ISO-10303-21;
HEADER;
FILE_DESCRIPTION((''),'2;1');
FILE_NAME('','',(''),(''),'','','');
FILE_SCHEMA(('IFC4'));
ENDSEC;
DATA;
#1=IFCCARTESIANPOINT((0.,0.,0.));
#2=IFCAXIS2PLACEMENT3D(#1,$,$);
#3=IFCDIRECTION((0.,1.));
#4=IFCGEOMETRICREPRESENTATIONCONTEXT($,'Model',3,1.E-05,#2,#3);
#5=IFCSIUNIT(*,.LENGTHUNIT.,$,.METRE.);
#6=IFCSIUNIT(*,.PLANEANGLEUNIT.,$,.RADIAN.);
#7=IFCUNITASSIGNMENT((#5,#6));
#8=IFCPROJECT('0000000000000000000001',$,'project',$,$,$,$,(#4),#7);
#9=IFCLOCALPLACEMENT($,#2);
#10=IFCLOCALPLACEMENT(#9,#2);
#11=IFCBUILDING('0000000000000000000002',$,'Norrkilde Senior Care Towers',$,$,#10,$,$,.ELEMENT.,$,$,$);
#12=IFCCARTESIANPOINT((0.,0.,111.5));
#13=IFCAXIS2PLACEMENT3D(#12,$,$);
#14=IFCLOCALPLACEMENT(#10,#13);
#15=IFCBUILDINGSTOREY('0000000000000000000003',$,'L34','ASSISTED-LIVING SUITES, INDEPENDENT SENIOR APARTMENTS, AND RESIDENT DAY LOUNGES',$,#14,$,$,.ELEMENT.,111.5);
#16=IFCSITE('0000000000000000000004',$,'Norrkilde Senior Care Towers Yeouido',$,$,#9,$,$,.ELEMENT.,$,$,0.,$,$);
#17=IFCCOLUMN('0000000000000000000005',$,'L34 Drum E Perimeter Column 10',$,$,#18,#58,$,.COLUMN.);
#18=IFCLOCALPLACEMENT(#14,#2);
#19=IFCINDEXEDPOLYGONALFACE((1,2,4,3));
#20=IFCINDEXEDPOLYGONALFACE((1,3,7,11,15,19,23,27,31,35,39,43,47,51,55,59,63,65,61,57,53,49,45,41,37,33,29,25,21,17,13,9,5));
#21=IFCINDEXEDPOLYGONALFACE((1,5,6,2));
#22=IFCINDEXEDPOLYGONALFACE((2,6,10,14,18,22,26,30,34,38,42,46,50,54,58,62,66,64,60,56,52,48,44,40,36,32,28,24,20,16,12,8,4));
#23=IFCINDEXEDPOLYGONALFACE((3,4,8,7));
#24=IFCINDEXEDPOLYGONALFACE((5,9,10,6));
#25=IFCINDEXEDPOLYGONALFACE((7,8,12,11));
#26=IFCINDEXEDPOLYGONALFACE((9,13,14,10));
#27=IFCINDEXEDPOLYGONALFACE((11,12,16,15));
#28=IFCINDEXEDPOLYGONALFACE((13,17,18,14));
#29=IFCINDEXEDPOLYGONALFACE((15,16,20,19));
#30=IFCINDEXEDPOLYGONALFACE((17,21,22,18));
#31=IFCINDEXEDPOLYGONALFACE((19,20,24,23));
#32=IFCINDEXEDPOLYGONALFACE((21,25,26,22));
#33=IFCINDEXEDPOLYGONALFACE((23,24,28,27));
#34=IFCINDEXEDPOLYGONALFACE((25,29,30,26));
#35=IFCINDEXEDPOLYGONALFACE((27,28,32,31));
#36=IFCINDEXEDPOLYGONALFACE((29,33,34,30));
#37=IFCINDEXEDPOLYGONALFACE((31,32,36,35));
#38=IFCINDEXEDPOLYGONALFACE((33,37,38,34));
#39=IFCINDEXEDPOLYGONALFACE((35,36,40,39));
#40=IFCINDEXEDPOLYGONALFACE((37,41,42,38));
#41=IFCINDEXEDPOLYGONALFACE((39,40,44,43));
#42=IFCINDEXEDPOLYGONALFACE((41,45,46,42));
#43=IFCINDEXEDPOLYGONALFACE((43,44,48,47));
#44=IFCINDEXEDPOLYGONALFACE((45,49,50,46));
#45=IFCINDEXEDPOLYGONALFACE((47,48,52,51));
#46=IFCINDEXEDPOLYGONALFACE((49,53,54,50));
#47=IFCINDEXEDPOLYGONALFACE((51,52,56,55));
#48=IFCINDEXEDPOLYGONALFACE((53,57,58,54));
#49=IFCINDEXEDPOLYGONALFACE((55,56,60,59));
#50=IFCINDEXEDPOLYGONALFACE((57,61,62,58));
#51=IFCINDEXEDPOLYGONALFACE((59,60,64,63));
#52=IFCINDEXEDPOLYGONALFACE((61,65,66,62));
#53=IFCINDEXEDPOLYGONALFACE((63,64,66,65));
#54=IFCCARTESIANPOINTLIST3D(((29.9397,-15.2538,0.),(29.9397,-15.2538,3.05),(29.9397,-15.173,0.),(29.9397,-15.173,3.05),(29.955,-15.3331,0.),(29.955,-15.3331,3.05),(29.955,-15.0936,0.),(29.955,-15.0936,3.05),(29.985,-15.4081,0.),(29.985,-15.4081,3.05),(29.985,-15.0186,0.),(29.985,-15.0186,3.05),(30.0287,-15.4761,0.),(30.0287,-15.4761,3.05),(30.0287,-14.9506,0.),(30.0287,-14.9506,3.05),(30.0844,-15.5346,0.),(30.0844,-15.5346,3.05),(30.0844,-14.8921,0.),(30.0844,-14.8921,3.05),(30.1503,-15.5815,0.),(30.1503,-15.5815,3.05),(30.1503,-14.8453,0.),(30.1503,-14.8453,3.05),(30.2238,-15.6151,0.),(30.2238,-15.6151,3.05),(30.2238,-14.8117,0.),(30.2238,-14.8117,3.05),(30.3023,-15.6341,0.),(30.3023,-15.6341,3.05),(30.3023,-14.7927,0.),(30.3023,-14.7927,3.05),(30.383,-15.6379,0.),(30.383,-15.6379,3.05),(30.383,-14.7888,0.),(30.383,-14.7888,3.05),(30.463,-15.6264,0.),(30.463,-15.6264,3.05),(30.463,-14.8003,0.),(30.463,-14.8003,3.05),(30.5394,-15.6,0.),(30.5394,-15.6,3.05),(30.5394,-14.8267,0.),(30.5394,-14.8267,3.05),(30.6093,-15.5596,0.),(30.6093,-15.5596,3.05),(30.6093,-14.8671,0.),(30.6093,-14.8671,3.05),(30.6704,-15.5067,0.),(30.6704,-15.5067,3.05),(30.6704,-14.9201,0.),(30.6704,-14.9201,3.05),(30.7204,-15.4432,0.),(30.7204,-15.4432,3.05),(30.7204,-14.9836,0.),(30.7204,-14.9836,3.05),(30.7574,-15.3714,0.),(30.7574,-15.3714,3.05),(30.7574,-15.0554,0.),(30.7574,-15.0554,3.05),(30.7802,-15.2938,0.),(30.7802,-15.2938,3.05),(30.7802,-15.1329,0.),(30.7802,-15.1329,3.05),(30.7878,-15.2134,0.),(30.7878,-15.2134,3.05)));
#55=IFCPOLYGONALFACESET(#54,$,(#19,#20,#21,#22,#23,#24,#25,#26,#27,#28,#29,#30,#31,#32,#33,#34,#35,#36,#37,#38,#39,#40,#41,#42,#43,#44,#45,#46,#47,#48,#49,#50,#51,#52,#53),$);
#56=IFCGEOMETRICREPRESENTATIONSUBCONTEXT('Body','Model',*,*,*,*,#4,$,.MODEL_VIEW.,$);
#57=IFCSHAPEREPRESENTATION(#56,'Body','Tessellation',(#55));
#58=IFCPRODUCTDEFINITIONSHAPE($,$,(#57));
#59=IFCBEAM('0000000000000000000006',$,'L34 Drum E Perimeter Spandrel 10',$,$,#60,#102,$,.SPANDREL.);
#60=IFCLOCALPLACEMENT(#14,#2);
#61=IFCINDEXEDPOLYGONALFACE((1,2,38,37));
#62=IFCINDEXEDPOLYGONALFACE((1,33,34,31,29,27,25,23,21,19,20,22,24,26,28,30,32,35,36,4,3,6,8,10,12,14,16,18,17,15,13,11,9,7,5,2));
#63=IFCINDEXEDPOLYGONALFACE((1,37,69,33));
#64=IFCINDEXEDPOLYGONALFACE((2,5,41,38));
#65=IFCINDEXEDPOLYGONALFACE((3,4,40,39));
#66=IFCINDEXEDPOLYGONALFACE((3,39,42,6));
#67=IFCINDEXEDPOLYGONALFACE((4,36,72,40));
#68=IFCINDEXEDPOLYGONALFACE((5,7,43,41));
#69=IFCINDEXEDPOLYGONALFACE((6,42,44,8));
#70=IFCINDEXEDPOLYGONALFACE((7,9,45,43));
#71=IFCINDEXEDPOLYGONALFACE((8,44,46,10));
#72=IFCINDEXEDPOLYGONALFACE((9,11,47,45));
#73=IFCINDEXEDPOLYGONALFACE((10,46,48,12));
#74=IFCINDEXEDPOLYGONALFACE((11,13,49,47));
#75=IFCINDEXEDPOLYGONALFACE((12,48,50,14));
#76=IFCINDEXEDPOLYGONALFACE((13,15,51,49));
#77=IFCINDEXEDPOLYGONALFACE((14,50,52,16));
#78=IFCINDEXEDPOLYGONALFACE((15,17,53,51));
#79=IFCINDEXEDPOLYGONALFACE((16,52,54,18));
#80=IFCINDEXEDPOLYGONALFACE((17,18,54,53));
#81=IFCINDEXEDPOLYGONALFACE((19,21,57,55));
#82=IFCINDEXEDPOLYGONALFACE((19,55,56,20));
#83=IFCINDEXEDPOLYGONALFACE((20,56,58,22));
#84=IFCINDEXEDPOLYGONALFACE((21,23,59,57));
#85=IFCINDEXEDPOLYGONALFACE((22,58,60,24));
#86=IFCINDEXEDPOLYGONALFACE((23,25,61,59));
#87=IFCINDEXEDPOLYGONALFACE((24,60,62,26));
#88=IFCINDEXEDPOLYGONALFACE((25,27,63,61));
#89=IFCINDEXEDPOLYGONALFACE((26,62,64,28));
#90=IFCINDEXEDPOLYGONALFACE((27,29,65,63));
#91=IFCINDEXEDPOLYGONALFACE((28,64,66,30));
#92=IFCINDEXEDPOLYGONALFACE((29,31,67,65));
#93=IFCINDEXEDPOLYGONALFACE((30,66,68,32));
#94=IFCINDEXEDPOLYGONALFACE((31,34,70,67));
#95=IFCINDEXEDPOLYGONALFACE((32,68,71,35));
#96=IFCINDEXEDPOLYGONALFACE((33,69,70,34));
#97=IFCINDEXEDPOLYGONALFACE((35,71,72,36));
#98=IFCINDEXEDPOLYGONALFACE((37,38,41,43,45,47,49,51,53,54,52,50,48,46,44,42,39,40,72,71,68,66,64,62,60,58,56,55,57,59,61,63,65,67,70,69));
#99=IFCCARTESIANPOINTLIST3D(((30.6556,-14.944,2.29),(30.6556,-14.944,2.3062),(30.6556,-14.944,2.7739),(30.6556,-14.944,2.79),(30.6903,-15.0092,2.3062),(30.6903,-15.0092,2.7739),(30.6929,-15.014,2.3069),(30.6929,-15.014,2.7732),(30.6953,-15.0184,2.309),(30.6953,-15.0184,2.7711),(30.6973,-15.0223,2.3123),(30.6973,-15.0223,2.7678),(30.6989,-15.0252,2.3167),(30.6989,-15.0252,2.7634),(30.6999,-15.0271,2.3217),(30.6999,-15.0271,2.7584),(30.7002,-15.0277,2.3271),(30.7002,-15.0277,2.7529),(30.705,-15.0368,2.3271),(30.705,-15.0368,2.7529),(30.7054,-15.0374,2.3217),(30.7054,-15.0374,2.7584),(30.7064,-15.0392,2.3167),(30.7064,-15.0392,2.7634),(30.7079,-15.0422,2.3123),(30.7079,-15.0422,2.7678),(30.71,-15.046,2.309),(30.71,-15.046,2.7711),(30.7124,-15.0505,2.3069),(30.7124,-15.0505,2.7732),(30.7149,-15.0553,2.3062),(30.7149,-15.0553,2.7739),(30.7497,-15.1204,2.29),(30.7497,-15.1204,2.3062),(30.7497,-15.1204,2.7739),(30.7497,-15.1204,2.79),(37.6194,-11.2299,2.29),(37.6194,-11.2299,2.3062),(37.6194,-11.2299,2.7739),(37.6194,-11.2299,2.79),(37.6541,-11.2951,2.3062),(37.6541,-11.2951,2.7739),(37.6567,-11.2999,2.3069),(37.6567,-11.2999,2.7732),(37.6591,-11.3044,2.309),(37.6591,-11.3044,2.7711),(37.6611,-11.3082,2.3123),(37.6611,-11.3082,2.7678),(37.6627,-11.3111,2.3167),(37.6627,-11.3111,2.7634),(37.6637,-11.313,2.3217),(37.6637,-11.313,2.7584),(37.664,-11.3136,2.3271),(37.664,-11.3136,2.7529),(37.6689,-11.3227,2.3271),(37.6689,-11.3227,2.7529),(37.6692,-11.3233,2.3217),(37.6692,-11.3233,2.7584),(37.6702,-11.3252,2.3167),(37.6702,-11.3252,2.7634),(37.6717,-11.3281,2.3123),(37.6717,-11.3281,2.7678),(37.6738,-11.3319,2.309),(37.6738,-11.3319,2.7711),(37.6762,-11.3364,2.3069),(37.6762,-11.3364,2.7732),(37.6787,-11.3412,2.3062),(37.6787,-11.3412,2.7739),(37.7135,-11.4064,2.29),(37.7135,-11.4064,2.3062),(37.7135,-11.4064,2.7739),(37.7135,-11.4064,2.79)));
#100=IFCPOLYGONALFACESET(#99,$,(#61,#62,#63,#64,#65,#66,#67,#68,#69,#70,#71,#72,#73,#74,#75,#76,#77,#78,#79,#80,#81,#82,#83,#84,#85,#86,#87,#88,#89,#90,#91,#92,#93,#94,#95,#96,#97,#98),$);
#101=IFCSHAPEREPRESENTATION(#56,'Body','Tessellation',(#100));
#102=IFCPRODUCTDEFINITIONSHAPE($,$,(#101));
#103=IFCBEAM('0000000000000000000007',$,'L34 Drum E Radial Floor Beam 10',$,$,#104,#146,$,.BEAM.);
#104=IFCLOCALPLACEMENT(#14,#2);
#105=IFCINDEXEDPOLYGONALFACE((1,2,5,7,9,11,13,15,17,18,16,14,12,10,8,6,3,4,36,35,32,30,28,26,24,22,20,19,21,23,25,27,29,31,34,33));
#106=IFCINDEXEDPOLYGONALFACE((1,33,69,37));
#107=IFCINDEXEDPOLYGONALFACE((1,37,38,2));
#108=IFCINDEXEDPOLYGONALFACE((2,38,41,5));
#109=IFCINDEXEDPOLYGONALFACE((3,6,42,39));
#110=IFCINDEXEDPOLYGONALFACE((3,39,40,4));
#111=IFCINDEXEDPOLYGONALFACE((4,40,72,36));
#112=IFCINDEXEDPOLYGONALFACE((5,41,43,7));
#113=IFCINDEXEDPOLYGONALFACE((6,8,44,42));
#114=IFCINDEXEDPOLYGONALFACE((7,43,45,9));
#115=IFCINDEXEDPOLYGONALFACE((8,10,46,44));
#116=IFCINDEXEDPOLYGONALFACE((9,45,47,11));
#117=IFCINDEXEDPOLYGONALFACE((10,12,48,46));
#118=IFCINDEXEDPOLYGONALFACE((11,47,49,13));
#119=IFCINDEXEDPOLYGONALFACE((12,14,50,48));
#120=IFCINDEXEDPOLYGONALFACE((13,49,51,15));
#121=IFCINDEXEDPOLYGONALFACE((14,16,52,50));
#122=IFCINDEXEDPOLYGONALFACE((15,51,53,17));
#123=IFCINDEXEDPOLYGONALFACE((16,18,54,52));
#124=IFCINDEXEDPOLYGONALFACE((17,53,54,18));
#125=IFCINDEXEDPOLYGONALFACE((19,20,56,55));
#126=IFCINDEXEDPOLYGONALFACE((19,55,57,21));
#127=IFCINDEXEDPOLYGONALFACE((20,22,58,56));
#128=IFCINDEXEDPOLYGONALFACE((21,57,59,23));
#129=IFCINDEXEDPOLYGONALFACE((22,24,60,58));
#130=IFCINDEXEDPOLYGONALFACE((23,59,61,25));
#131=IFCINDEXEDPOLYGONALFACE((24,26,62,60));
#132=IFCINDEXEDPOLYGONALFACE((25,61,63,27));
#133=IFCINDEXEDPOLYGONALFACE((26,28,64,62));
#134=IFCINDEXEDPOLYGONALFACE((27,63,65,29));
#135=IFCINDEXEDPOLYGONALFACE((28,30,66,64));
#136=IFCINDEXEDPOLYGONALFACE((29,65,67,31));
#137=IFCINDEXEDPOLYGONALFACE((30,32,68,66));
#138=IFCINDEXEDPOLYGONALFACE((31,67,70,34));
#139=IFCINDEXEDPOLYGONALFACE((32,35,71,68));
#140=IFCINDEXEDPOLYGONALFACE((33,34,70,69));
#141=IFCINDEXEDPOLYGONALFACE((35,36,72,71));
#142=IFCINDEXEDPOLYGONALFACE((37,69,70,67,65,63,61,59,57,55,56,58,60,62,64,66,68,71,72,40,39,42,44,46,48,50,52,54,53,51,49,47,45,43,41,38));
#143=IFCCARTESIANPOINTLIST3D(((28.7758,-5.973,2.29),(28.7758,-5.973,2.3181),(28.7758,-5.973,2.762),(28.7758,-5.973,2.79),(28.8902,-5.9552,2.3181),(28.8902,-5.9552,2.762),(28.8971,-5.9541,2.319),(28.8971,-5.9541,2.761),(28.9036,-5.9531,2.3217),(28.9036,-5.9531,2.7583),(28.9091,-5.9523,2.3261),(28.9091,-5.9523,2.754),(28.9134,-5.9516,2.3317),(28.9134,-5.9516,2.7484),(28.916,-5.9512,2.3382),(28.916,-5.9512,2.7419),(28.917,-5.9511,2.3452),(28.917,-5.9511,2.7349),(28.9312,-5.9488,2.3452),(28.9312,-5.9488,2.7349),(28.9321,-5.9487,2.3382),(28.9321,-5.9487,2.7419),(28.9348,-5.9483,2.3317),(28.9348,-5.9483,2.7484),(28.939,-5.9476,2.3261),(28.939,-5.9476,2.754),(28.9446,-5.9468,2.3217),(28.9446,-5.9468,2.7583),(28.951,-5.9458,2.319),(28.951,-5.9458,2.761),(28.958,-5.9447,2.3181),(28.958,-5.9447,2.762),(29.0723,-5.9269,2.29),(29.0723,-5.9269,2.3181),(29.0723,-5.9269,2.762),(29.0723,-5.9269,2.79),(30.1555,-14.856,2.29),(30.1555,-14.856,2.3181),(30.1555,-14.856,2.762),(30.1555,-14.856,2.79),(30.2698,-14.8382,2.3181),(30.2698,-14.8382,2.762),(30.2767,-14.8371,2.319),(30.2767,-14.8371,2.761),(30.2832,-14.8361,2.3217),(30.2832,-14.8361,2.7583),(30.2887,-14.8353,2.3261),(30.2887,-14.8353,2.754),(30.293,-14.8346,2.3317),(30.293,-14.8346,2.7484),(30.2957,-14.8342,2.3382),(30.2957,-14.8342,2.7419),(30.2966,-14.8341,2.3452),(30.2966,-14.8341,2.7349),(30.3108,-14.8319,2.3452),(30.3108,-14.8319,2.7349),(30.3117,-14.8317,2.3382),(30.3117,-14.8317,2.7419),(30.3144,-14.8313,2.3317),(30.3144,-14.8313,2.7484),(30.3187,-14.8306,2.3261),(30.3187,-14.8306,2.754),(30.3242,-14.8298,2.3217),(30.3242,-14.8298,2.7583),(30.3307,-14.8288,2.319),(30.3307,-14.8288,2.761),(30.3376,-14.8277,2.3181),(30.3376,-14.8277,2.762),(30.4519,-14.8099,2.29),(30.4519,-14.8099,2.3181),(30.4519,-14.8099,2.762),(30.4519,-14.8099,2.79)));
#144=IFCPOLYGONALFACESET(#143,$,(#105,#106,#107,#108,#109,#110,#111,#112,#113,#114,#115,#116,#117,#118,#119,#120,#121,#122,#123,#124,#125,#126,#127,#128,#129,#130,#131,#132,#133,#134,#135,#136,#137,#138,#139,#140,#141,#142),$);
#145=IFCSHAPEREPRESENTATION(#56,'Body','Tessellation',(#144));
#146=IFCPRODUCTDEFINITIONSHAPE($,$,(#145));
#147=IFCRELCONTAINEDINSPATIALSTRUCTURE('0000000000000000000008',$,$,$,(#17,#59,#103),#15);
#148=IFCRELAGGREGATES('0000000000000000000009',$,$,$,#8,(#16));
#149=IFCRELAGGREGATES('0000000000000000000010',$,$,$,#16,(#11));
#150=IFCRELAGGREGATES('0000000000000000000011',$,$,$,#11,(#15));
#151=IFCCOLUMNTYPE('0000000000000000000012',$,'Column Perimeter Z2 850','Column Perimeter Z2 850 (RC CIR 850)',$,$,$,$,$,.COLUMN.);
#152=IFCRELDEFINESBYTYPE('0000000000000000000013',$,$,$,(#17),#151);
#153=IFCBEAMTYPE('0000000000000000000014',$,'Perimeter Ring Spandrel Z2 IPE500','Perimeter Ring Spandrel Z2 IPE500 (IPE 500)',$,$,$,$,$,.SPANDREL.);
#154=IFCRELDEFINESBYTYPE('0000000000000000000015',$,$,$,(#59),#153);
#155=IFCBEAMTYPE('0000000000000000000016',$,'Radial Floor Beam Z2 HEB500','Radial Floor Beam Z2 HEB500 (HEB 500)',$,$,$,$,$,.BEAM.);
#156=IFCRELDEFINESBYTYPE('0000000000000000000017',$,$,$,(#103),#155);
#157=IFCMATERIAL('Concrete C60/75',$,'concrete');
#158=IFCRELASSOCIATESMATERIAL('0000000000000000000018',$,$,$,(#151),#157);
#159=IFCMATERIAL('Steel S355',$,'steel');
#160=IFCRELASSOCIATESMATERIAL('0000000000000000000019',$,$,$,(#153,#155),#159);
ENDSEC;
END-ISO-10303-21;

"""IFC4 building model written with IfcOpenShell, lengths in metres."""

from ifc_helpers import new_model, si_unit, direction, frame, origin, origin_2d, place, context, subcontext, project, spatial, circle, i_section, extrude, source, transform, mapped, material, material_profile, profile_set, type_object, type_shapes, element, save


model = new_model("IFC4")

# Units and contexts
model_context = context("Model", 3, precision=1e-05, world=origin(), true_north=direction((0.0, 1.0)))
body_context = subcontext(model_context, "Body", "Model", "MODEL_VIEW")
ifc_project = project(units=[si_unit("LENGTHUNIT", "METRE"), si_unit("PLANEANGLEUNIT", "RADIAN")], contexts=[model_context])

# Site, building, storey
site_placement = place(None, origin())
site = spatial("IfcSite", under=ifc_project, at=site_placement, Name="Norrkilde Senior Care Towers Yeouido", CompositionType="ELEMENT", RefElevation=0.0)
building_placement = place(site_placement, origin())
building = spatial("IfcBuilding", under=site, at=building_placement, Name="Norrkilde Senior Care Towers", CompositionType="ELEMENT")
storey_placement = place(building_placement, frame((0.0, 0.0, 111.5)))
storey = spatial("IfcBuildingStorey", under=building, at=storey_placement, Name="L34", Description="ASSISTED-LIVING SUITES, INDEPENDENT SENIOR APARTMENTS, AND RESIDENT DAY LOUNGES", CompositionType="ELEMENT", Elevation=111.5)

# Column
ifc_material_1 = material(Name="Concrete C60/75", Category="concrete")
ifc_material_profile_1 = material_profile(ifc_material_1, circle(Radius=0.425, at=origin_2d()), Name="RC CIR 850")
ifc_profile_set_1 = profile_set([ifc_material_profile_1], Name="Concrete C60/75")
column_type = type_object("IfcColumnType", Name="Column Perimeter Z2 850", Description="Column Perimeter Z2 850 (RC CIR 850)", PredefinedType="COLUMN", material=ifc_profile_set_1)
shared_shape_1 = source(origin(), body_context, "Body", "SweptSolid", [
    extrude(circle(Radius=0.425, at=origin_2d()), origin(), (0.0, 0.0, 1.0), 3.05),
])
type_shapes(column_type, [shared_shape_1])
column_placement = place(storey_placement, frame((30.3628, -15.2134, 0.0), z_axis=(0.0, 0.0, 1.0), x_axis=(1.0, 0.0, 0.0)))
element("IfcColumn", 1, at=column_placement, inside=storey, type_object=column_type, Name="L34 Drum E Perimeter Column 10", PredefinedType="COLUMN", context=body_context, shape_type="MappedRepresentation", body=[
    mapped(shared_shape_1, transform((0.0, 0.0, 0.0), x_axis=(1.0, 0.0, 0.0), y_axis=(0.0, 1.0, 0.0), z_axis=(0.0, 0.0, 1.0), scale=1.0)),
])

# Beams
ifc_material_2 = material(Name="Steel S355", Category="steel")
ifc_material_profile_2 = material_profile(ifc_material_2, i_section(OverallWidth=0.2, OverallDepth=0.5, WebThickness=0.0103, FlangeThickness=0.0161, FilletRadius=0.021, at=origin_2d()), Name="IPE 500")
ifc_profile_set_2 = profile_set([ifc_material_profile_2], Name="Steel S355")
beam_type_1 = type_object("IfcBeamType", Name="Perimeter Ring Spandrel Z2 IPE500", Description="Perimeter Ring Spandrel Z2 IPE500 (IPE 500)", PredefinedType="SPANDREL", material=ifc_profile_set_2)
shared_shape_2 = source(origin(), body_context, "Body", "SweptSolid", [
    extrude(i_section(OverallWidth=0.2, OverallDepth=0.5, WebThickness=0.0103, FlangeThickness=0.0161, FilletRadius=0.021, at=origin_2d()), origin(), (0.0, 0.0, 1.0), 7.8923),
])
type_shapes(beam_type_1, [shared_shape_2])
beam_1_placement = place(storey_placement, frame((30.7026, -15.0322, 2.54), z_axis=(0.88235, 0.470593, 0.0), x_axis=(-0.470593, 0.88235, 0.0)))
element("IfcBeam", 2, at=beam_1_placement, inside=storey, type_object=beam_type_1, Name="L34 Drum E Perimeter Spandrel 10", PredefinedType="SPANDREL", context=body_context, shape_type="MappedRepresentation", body=[
    mapped(shared_shape_2, transform((0.0, 0.0, 0.0), x_axis=(1.0, 0.0, 0.0), y_axis=(0.0, 1.0, 0.0), z_axis=(0.0, 0.0, 1.0), scale=1.0)),
])
ifc_material_profile_3 = material_profile(ifc_material_2, i_section(OverallWidth=0.3, OverallDepth=0.5, WebThickness=0.0144, FlangeThickness=0.0281, FilletRadius=0.0271, at=origin_2d()), Name="HEB 500")
ifc_profile_set_3 = profile_set([ifc_material_profile_3], Name="Steel S355")
beam_type_2 = type_object("IfcBeamType", Name="Radial Floor Beam Z2 HEB500", Description="Radial Floor Beam Z2 HEB500 (HEB 500)", PredefinedType="BEAM", material=ifc_profile_set_3)
shared_shape_3 = source(origin(), body_context, "Body", "SweptSolid", [
    extrude(i_section(OverallWidth=0.3, OverallDepth=0.5, WebThickness=0.0144, FlangeThickness=0.0281, FilletRadius=0.0271, at=origin_2d()), origin(), (0.0, 0.0, 1.0), 8.9895),
])
beam_2_placement = place(storey_placement, frame((28.9241, -5.95, 2.54), z_axis=(0.153471, -0.988153, 0.0), x_axis=(0.988153, 0.153471, 0.0)))
element("IfcBeam", 3, at=beam_2_placement, inside=storey, type_object=beam_type_2, Name="L34 Drum E Radial Floor Beam 10", PredefinedType="BEAM", context=body_context, shape_type="MappedRepresentation", body=[
    mapped(shared_shape_3, transform((0.0, 0.0, 0.0), x_axis=(1.0, 0.0, 0.0), y_axis=(0.0, 1.0, 0.0), z_axis=(0.0, 0.0, 1.0), scale=1.0)),
])

save(model, "model.ifc")
